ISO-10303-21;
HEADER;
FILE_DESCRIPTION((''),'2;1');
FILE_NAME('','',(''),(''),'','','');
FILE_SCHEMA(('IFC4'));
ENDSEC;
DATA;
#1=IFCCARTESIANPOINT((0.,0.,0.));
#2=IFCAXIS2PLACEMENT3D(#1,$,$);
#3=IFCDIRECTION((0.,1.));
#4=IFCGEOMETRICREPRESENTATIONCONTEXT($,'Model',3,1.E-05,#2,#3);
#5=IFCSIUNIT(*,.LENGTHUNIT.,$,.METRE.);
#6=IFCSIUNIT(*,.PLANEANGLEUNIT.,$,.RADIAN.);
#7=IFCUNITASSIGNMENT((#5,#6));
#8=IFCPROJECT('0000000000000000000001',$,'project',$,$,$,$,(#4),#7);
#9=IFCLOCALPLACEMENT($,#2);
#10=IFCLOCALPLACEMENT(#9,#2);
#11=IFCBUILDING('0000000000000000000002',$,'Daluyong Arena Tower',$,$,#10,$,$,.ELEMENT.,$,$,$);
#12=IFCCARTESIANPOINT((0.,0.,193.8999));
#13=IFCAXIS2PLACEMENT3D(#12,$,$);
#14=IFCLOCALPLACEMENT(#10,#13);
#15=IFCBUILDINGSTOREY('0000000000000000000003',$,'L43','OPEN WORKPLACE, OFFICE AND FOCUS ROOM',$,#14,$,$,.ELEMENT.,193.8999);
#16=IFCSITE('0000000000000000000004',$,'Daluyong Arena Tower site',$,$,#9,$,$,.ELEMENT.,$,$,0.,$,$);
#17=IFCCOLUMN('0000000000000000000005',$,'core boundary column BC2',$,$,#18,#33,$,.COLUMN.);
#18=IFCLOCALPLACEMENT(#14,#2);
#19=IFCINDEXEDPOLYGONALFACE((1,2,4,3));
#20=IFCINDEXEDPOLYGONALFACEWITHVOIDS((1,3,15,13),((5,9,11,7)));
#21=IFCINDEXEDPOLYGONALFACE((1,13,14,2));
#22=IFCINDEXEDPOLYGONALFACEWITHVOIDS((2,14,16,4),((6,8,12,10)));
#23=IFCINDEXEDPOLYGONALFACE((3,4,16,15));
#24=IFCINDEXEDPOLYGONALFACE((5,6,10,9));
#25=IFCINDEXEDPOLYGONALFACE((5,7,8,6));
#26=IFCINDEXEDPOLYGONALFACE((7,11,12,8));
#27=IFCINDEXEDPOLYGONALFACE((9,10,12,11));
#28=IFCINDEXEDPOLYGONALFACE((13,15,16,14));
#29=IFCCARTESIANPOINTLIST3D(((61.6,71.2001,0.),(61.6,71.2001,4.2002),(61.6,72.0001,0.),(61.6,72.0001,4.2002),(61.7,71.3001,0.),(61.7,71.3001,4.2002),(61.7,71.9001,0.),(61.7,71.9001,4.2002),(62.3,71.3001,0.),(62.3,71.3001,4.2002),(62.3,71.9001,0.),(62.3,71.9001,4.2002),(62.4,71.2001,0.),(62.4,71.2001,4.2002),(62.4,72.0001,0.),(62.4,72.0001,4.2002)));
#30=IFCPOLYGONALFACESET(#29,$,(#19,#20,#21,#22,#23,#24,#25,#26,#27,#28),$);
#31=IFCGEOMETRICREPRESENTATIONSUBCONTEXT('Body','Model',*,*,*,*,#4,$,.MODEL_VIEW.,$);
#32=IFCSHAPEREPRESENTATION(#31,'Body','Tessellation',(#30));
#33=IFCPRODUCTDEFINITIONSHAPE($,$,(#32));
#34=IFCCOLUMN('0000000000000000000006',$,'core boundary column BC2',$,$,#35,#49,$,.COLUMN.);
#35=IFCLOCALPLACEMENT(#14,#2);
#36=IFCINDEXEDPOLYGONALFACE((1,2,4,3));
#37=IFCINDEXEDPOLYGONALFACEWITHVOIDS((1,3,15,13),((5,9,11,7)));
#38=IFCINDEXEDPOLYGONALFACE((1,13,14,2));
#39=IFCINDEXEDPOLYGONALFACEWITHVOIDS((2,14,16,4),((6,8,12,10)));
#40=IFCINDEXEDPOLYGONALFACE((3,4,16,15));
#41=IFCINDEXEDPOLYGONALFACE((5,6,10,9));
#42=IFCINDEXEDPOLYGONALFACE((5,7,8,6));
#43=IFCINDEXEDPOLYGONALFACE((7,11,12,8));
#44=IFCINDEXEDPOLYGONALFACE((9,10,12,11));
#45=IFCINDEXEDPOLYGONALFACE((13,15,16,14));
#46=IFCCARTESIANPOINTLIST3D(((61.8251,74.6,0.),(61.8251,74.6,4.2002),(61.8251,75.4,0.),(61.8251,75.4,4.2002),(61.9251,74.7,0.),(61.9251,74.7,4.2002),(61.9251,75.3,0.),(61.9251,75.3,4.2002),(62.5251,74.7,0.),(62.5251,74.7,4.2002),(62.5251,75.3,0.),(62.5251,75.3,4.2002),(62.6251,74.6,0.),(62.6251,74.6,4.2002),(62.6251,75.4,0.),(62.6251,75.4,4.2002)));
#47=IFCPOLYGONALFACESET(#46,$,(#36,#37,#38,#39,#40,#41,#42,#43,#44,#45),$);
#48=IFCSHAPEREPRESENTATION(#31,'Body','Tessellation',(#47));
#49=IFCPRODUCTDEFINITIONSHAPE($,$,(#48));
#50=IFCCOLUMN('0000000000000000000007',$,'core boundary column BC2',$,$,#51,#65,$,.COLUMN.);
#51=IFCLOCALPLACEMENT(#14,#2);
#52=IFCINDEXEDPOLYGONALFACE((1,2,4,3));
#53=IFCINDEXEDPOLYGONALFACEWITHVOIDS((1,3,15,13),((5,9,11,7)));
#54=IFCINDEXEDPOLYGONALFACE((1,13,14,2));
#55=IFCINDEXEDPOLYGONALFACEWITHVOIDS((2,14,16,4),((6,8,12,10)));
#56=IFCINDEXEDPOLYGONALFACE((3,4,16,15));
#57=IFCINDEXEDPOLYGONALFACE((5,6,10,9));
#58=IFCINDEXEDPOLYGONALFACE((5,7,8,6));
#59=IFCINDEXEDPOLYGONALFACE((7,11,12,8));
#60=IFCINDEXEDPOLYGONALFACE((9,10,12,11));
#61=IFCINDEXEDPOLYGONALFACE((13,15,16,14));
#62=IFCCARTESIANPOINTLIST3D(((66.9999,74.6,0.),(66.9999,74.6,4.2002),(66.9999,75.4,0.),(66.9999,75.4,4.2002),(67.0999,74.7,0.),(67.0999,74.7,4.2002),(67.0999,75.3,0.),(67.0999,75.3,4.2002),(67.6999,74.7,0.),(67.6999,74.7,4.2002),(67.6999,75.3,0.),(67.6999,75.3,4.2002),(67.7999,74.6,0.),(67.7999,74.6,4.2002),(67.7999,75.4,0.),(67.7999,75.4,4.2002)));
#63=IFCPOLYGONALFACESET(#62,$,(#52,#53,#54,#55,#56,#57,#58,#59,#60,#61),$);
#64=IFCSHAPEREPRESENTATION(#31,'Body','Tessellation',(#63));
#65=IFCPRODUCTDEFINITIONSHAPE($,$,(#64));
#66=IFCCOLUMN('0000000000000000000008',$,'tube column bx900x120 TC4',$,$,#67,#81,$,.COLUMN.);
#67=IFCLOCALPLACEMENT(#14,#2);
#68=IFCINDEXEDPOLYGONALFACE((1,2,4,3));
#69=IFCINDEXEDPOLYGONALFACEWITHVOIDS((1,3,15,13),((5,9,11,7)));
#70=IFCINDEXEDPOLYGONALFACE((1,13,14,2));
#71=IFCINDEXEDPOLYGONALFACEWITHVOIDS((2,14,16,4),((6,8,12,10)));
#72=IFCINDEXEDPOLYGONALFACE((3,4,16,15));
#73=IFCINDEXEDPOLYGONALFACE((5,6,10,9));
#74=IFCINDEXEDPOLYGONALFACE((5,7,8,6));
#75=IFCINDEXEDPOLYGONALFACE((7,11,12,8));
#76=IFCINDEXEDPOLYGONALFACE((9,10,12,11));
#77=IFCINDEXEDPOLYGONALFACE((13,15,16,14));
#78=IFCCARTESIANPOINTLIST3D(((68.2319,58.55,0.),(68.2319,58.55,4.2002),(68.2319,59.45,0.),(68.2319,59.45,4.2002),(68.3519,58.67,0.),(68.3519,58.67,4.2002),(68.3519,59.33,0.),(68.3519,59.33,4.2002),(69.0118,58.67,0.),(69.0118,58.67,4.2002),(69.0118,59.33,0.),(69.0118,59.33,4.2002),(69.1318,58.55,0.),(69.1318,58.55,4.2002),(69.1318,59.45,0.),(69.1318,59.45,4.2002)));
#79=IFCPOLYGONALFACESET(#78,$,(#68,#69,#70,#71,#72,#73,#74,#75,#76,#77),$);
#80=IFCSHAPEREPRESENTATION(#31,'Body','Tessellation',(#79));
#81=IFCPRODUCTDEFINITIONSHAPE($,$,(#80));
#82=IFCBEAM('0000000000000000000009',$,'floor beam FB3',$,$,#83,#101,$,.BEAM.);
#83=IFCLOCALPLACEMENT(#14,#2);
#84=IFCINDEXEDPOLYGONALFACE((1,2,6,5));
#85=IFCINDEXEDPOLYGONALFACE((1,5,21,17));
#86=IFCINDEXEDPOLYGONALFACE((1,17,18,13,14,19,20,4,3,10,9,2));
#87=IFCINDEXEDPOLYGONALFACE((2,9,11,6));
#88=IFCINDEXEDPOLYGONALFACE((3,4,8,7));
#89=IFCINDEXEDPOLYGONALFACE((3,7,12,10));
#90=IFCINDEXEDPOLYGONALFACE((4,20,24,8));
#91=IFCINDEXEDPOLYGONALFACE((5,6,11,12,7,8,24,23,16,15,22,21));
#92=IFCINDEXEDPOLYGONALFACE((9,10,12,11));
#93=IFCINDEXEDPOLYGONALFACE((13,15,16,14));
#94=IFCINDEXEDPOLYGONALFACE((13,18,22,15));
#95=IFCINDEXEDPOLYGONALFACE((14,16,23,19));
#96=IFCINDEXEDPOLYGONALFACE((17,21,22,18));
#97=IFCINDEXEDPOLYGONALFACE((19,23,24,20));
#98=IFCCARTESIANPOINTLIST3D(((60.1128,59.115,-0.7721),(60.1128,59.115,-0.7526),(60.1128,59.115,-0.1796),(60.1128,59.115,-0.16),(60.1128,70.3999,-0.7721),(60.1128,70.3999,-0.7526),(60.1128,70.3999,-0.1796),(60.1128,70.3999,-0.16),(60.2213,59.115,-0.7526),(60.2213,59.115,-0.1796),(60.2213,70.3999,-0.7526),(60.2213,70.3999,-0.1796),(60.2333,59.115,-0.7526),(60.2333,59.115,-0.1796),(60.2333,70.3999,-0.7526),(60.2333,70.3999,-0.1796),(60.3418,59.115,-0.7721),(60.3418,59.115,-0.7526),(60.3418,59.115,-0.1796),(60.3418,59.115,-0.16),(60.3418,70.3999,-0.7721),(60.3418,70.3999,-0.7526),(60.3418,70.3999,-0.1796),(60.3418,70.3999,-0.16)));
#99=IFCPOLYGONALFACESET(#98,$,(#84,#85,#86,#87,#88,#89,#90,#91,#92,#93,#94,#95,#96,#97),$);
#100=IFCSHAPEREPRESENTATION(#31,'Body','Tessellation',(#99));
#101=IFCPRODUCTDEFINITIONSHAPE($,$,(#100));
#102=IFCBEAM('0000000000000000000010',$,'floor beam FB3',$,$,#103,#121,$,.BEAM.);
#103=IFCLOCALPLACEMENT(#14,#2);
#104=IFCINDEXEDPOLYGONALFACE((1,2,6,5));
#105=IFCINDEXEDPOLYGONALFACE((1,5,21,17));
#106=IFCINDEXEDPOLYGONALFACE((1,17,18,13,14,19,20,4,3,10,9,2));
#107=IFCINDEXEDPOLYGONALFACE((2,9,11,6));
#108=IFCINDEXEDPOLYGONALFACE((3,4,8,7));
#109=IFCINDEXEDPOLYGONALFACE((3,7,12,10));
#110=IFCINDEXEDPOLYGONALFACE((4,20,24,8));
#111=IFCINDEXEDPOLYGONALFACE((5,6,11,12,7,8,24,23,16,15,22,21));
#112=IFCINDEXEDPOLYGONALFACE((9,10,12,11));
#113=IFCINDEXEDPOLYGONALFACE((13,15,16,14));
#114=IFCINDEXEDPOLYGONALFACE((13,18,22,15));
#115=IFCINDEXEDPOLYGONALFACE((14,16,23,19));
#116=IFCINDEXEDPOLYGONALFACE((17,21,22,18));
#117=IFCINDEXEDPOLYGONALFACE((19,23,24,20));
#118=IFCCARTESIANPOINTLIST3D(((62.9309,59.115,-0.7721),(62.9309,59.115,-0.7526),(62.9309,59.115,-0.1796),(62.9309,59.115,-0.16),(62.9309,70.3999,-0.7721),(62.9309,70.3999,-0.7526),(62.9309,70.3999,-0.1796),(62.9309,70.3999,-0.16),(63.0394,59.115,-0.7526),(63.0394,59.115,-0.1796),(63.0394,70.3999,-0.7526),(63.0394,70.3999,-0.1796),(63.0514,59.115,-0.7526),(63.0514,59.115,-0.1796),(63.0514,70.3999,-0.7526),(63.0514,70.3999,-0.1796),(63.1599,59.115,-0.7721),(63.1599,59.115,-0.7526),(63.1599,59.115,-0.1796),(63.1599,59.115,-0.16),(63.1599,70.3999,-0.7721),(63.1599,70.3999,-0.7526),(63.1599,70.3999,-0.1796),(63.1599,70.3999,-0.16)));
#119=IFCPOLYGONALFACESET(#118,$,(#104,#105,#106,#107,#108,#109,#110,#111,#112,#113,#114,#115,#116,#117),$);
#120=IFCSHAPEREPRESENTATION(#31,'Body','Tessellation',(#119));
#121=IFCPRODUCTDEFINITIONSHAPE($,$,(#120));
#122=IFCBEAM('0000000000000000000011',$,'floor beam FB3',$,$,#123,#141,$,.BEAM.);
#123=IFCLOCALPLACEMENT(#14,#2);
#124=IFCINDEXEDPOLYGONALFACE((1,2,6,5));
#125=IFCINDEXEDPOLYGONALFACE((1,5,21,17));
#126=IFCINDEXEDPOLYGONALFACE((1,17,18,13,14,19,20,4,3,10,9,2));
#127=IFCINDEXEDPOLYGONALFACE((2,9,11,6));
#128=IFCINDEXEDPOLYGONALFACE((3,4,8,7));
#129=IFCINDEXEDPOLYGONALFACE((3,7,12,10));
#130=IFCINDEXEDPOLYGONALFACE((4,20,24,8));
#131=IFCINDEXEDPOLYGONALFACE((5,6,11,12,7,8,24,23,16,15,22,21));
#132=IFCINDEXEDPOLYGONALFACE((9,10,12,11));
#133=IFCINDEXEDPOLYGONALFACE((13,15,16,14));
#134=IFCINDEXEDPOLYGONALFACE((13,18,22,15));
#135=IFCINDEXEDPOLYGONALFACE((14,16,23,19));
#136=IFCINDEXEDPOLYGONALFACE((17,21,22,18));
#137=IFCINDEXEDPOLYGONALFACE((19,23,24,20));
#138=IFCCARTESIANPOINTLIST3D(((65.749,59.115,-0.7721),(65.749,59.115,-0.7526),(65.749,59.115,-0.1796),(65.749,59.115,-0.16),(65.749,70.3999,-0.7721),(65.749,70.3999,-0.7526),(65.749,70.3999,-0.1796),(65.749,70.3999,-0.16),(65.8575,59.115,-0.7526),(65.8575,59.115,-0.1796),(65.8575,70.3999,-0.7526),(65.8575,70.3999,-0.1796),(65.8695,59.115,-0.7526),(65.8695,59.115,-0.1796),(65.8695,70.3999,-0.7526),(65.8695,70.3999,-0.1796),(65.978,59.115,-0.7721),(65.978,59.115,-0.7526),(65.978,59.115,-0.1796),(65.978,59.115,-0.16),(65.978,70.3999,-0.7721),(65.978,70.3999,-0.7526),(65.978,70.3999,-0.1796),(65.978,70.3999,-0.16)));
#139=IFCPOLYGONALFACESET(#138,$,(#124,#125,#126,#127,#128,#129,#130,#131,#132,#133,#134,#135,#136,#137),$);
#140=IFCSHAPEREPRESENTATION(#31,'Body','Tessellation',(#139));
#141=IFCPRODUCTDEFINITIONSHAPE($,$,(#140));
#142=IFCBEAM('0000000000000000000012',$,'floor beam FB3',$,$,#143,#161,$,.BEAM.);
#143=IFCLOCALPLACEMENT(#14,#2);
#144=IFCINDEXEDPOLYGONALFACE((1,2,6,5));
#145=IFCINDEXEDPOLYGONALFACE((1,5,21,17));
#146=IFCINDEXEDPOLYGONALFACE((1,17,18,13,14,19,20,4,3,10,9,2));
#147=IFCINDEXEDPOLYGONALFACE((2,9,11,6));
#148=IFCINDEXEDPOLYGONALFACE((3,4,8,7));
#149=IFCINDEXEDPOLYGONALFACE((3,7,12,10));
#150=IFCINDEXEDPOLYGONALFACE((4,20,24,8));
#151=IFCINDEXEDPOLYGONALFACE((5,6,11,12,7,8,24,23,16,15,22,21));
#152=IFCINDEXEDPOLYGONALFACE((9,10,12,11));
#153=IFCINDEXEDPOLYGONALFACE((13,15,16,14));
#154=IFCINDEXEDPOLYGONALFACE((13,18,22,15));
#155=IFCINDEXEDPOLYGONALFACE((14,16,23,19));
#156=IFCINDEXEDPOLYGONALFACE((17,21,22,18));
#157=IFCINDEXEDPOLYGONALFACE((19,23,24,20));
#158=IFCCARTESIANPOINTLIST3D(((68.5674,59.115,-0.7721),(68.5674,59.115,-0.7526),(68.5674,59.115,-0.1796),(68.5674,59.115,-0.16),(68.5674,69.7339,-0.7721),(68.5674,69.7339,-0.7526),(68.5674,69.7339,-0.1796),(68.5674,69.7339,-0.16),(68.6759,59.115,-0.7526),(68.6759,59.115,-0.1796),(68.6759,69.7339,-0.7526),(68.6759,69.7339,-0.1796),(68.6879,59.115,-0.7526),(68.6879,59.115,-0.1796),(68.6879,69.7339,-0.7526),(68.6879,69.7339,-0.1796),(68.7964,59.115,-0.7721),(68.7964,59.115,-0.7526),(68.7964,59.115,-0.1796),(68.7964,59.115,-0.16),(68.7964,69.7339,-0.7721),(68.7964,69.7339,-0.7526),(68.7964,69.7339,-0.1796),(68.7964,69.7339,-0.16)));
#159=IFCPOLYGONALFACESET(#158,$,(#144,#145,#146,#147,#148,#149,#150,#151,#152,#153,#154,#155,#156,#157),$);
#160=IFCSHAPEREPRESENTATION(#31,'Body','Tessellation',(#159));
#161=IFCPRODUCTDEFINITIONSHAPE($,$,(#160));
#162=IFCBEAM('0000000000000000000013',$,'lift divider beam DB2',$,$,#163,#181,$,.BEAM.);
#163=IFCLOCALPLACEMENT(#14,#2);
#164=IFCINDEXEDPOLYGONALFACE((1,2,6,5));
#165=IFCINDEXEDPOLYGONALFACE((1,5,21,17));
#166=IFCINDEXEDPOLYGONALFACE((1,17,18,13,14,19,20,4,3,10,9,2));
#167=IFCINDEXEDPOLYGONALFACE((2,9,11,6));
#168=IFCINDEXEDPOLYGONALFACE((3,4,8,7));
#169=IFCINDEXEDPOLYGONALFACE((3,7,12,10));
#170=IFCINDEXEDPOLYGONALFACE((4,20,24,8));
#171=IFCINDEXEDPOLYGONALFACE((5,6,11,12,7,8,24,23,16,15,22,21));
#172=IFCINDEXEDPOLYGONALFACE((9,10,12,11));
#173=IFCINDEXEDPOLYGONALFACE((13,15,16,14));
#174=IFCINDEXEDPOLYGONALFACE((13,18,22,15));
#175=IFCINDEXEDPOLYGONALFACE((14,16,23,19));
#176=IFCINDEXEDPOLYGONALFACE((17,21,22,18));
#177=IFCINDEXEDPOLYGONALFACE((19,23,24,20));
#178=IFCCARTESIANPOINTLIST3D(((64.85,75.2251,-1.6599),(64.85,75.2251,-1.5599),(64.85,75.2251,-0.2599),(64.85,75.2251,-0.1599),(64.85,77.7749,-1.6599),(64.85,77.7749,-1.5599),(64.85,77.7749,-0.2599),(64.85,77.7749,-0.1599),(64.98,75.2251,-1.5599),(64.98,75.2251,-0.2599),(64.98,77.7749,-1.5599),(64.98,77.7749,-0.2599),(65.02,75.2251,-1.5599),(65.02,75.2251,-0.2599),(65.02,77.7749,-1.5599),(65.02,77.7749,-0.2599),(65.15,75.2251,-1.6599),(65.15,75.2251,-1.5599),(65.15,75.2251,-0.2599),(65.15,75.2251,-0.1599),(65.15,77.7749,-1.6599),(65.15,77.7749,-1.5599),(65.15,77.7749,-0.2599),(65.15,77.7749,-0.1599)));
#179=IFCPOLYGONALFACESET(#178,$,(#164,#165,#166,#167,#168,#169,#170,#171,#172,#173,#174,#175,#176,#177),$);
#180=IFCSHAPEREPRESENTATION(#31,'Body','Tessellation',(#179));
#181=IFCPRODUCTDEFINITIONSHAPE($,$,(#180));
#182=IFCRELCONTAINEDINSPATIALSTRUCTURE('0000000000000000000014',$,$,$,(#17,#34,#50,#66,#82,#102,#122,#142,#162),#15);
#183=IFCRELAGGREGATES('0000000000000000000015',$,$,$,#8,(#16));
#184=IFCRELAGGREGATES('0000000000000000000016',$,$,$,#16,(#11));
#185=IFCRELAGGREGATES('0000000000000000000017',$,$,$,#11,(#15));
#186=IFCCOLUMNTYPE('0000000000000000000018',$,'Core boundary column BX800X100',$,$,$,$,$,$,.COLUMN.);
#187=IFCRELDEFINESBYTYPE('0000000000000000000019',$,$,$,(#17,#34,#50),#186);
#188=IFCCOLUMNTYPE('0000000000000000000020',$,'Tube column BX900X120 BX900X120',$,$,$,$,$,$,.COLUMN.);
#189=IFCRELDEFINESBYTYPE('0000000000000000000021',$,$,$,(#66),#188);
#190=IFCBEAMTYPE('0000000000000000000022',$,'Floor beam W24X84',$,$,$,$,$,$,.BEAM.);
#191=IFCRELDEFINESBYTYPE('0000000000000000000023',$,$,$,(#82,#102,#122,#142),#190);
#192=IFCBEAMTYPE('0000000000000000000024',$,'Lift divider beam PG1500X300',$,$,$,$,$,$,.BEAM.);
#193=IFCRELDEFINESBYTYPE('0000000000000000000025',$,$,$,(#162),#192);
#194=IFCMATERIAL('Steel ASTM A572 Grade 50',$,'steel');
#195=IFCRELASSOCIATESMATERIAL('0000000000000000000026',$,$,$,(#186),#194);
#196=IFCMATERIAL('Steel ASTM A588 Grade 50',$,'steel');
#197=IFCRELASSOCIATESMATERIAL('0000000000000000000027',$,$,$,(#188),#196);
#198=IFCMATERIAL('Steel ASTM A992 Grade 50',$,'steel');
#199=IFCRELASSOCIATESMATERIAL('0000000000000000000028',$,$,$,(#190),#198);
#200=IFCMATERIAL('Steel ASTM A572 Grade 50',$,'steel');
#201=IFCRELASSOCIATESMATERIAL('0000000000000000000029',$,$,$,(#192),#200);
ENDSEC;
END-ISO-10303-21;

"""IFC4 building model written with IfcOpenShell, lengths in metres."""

from ifc_helpers import new_model, si_unit, direction, frame, origin, origin_2d, place, context, subcontext, project, spatial, hollow_rectangle, i_section, extrude, material, material_profile, profile_set, type_object, element, save


model = new_model("IFC4")

# Units and contexts
model_context = context("Model", 3, precision=1e-05, world=origin(), true_north=direction((0.0, 1.0)))
body_context = subcontext(model_context, "Body", "Model", "MODEL_VIEW")
ifc_project = project(units=[si_unit("LENGTHUNIT", "METRE"), si_unit("PLANEANGLEUNIT", "RADIAN")], contexts=[model_context])

# Site, building, storey
site_placement = place(None, origin())
site = spatial("IfcSite", under=ifc_project, at=site_placement, Name="Daluyong Arena Tower site", CompositionType="ELEMENT", RefElevation=0.0)
building_placement = place(site_placement, origin())
building = spatial("IfcBuilding", under=site, at=building_placement, Name="Daluyong Arena Tower", CompositionType="ELEMENT")
storey_placement = place(building_placement, frame((0.0, 0.0, 193.8999)))
storey = spatial("IfcBuildingStorey", under=building, at=storey_placement, Name="L43", Description="OPEN WORKPLACE, OFFICE AND FOCUS ROOM", CompositionType="ELEMENT", Elevation=193.8999)

# Columns
ifc_material_1 = material(Name="Steel ASTM A572 Grade 50", Category="steel")
ifc_material_profile_1 = material_profile(ifc_material_1, hollow_rectangle(XDim=0.8, YDim=0.8, WallThickness=0.1, at=origin_2d()))
ifc_profile_set_1 = profile_set([ifc_material_profile_1], Name="Steel ASTM A572 Grade 50")
column_type_1 = type_object("IfcColumnType", Name="Core boundary column BX800X100", PredefinedType="COLUMN", material=ifc_profile_set_1)
for number, where, z_axis, x_axis, name in (
    (1, (62.0, 71.6001, 0.0), (0.0, 0.0, 1.0), (1.0, 0.0, 0.0), "core boundary column BC2"),
    (2, (62.2251, 75.0, 0.0), (0.0, 0.0, 1.0), (1.0, 0.0, 0.0), "core boundary column BC2"),
    (3, (67.3999, 75.0, 0.0), (0.0, 0.0, 1.0), (1.0, 0.0, 0.0), "core boundary column BC2"),
):
    element("IfcColumn", number, at=place(storey_placement, frame(where, z_axis=z_axis, x_axis=x_axis)), inside=storey, type_object=column_type_1, Name=name, PredefinedType="COLUMN", context=body_context, shape_type="SweptSolid", body=[
        extrude(hollow_rectangle(XDim=0.8, YDim=0.8, WallThickness=0.1, at=origin_2d()), origin(), (0.0, 0.0, 1.0), 4.2002),
    ])
ifc_material_2 = material(Name="Steel ASTM A588 Grade 50", Category="steel")
ifc_material_profile_2 = material_profile(ifc_material_2, hollow_rectangle(XDim=0.8999, YDim=0.8999, WallThickness=0.12, at=origin_2d()))
ifc_profile_set_2 = profile_set([ifc_material_profile_2], Name="Steel ASTM A588 Grade 50")
column_type_2 = type_object("IfcColumnType", Name="Tube column BX900X120 BX900X120", PredefinedType="COLUMN", material=ifc_profile_set_2)
column_placement = place(storey_placement, frame((68.6819, 59.0, 0.0), z_axis=(0.0, 0.0, 1.0), x_axis=(1.0, 0.0, 0.0)))
element("IfcColumn", 4, at=column_placement, inside=storey, type_object=column_type_2, Name="tube column bx900x120 TC4", PredefinedType="COLUMN", context=body_context, shape_type="SweptSolid", body=[
    extrude(hollow_rectangle(XDim=0.8999, YDim=0.8999, WallThickness=0.12, at=origin_2d()), origin(), (0.0, 0.0, 1.0), 4.2002),
])

# Beams
ifc_material_3 = material(Name="Steel ASTM A992 Grade 50", Category="steel")
ifc_material_profile_3 = material_profile(ifc_material_3, i_section(OverallWidth=0.229, OverallDepth=0.6121, WebThickness=0.012, FlangeThickness=0.0195, at=origin_2d()))
ifc_profile_set_3 = profile_set([ifc_material_profile_3], Name="Steel ASTM A992 Grade 50")
beam_type_1 = type_object("IfcBeamType", Name="Floor beam W24X84", PredefinedType="BEAM", material=ifc_profile_set_3)
for number, where, z_axis, x_axis, name in (
    (5, (60.2273, 59.115, -0.4661), (0.0, 1.0, 0.0), (-1.0, 0.0, 0.0), "floor beam FB3"),
    (6, (63.0454, 59.115, -0.4661), (0.0, 1.0, 0.0), (-1.0, 0.0, 0.0), "floor beam FB3"),
    (7, (65.8635, 59.115, -0.4661), (0.0, 1.0, 0.0), (-1.0, 0.0, 0.0), "floor beam FB3"),
):
    element("IfcBeam", number, at=place(storey_placement, frame(where, z_axis=z_axis, x_axis=x_axis)), inside=storey, type_object=beam_type_1, Name=name, PredefinedType="BEAM", context=body_context, shape_type="SweptSolid", body=[
        extrude(i_section(OverallWidth=0.229, OverallDepth=0.6121, WebThickness=0.012, FlangeThickness=0.0195, at=origin_2d()), origin(), (0.0, 0.0, 1.0), 11.2849),
    ])
beam_1_placement = place(storey_placement, frame((68.6819, 59.115, -0.4661), z_axis=(0.0, 1.0, 0.0), x_axis=(-1.0, 0.0, 0.0)))
element("IfcBeam", 8, at=beam_1_placement, inside=storey, type_object=beam_type_1, Name="floor beam FB3", PredefinedType="BEAM", context=body_context, shape_type="SweptSolid", body=[
    extrude(i_section(OverallWidth=0.229, OverallDepth=0.6121, WebThickness=0.012, FlangeThickness=0.0195, at=origin_2d()), origin(), (0.0, 0.0, 1.0), 10.6189),
])
ifc_material_4 = material(Name="Steel ASTM A572 Grade 50", Category="steel")
ifc_material_profile_4 = material_profile(ifc_material_4, i_section(OverallWidth=0.3, OverallDepth=1.5, WebThickness=0.04, FlangeThickness=0.1, at=origin_2d()))
ifc_profile_set_4 = profile_set([ifc_material_profile_4], Name="Steel ASTM A572 Grade 50")
beam_type_2 = type_object("IfcBeamType", Name="Lift divider beam PG1500X300", PredefinedType="BEAM", material=ifc_profile_set_4)
beam_2_placement = place(storey_placement, frame((65.0, 75.2251, -0.9099), z_axis=(0.0, 1.0, 0.0), x_axis=(-1.0, 0.0, 0.0)))
element("IfcBeam", 9, at=beam_2_placement, inside=storey, type_object=beam_type_2, Name="lift divider beam DB2", PredefinedType="BEAM", context=body_context, shape_type="SweptSolid", body=[
    extrude(i_section(OverallWidth=0.3, OverallDepth=1.5, WebThickness=0.04, FlangeThickness=0.1, at=origin_2d()), origin(), (0.0, 0.0, 1.0), 2.5498),
])

save(model, "model.ifc")
